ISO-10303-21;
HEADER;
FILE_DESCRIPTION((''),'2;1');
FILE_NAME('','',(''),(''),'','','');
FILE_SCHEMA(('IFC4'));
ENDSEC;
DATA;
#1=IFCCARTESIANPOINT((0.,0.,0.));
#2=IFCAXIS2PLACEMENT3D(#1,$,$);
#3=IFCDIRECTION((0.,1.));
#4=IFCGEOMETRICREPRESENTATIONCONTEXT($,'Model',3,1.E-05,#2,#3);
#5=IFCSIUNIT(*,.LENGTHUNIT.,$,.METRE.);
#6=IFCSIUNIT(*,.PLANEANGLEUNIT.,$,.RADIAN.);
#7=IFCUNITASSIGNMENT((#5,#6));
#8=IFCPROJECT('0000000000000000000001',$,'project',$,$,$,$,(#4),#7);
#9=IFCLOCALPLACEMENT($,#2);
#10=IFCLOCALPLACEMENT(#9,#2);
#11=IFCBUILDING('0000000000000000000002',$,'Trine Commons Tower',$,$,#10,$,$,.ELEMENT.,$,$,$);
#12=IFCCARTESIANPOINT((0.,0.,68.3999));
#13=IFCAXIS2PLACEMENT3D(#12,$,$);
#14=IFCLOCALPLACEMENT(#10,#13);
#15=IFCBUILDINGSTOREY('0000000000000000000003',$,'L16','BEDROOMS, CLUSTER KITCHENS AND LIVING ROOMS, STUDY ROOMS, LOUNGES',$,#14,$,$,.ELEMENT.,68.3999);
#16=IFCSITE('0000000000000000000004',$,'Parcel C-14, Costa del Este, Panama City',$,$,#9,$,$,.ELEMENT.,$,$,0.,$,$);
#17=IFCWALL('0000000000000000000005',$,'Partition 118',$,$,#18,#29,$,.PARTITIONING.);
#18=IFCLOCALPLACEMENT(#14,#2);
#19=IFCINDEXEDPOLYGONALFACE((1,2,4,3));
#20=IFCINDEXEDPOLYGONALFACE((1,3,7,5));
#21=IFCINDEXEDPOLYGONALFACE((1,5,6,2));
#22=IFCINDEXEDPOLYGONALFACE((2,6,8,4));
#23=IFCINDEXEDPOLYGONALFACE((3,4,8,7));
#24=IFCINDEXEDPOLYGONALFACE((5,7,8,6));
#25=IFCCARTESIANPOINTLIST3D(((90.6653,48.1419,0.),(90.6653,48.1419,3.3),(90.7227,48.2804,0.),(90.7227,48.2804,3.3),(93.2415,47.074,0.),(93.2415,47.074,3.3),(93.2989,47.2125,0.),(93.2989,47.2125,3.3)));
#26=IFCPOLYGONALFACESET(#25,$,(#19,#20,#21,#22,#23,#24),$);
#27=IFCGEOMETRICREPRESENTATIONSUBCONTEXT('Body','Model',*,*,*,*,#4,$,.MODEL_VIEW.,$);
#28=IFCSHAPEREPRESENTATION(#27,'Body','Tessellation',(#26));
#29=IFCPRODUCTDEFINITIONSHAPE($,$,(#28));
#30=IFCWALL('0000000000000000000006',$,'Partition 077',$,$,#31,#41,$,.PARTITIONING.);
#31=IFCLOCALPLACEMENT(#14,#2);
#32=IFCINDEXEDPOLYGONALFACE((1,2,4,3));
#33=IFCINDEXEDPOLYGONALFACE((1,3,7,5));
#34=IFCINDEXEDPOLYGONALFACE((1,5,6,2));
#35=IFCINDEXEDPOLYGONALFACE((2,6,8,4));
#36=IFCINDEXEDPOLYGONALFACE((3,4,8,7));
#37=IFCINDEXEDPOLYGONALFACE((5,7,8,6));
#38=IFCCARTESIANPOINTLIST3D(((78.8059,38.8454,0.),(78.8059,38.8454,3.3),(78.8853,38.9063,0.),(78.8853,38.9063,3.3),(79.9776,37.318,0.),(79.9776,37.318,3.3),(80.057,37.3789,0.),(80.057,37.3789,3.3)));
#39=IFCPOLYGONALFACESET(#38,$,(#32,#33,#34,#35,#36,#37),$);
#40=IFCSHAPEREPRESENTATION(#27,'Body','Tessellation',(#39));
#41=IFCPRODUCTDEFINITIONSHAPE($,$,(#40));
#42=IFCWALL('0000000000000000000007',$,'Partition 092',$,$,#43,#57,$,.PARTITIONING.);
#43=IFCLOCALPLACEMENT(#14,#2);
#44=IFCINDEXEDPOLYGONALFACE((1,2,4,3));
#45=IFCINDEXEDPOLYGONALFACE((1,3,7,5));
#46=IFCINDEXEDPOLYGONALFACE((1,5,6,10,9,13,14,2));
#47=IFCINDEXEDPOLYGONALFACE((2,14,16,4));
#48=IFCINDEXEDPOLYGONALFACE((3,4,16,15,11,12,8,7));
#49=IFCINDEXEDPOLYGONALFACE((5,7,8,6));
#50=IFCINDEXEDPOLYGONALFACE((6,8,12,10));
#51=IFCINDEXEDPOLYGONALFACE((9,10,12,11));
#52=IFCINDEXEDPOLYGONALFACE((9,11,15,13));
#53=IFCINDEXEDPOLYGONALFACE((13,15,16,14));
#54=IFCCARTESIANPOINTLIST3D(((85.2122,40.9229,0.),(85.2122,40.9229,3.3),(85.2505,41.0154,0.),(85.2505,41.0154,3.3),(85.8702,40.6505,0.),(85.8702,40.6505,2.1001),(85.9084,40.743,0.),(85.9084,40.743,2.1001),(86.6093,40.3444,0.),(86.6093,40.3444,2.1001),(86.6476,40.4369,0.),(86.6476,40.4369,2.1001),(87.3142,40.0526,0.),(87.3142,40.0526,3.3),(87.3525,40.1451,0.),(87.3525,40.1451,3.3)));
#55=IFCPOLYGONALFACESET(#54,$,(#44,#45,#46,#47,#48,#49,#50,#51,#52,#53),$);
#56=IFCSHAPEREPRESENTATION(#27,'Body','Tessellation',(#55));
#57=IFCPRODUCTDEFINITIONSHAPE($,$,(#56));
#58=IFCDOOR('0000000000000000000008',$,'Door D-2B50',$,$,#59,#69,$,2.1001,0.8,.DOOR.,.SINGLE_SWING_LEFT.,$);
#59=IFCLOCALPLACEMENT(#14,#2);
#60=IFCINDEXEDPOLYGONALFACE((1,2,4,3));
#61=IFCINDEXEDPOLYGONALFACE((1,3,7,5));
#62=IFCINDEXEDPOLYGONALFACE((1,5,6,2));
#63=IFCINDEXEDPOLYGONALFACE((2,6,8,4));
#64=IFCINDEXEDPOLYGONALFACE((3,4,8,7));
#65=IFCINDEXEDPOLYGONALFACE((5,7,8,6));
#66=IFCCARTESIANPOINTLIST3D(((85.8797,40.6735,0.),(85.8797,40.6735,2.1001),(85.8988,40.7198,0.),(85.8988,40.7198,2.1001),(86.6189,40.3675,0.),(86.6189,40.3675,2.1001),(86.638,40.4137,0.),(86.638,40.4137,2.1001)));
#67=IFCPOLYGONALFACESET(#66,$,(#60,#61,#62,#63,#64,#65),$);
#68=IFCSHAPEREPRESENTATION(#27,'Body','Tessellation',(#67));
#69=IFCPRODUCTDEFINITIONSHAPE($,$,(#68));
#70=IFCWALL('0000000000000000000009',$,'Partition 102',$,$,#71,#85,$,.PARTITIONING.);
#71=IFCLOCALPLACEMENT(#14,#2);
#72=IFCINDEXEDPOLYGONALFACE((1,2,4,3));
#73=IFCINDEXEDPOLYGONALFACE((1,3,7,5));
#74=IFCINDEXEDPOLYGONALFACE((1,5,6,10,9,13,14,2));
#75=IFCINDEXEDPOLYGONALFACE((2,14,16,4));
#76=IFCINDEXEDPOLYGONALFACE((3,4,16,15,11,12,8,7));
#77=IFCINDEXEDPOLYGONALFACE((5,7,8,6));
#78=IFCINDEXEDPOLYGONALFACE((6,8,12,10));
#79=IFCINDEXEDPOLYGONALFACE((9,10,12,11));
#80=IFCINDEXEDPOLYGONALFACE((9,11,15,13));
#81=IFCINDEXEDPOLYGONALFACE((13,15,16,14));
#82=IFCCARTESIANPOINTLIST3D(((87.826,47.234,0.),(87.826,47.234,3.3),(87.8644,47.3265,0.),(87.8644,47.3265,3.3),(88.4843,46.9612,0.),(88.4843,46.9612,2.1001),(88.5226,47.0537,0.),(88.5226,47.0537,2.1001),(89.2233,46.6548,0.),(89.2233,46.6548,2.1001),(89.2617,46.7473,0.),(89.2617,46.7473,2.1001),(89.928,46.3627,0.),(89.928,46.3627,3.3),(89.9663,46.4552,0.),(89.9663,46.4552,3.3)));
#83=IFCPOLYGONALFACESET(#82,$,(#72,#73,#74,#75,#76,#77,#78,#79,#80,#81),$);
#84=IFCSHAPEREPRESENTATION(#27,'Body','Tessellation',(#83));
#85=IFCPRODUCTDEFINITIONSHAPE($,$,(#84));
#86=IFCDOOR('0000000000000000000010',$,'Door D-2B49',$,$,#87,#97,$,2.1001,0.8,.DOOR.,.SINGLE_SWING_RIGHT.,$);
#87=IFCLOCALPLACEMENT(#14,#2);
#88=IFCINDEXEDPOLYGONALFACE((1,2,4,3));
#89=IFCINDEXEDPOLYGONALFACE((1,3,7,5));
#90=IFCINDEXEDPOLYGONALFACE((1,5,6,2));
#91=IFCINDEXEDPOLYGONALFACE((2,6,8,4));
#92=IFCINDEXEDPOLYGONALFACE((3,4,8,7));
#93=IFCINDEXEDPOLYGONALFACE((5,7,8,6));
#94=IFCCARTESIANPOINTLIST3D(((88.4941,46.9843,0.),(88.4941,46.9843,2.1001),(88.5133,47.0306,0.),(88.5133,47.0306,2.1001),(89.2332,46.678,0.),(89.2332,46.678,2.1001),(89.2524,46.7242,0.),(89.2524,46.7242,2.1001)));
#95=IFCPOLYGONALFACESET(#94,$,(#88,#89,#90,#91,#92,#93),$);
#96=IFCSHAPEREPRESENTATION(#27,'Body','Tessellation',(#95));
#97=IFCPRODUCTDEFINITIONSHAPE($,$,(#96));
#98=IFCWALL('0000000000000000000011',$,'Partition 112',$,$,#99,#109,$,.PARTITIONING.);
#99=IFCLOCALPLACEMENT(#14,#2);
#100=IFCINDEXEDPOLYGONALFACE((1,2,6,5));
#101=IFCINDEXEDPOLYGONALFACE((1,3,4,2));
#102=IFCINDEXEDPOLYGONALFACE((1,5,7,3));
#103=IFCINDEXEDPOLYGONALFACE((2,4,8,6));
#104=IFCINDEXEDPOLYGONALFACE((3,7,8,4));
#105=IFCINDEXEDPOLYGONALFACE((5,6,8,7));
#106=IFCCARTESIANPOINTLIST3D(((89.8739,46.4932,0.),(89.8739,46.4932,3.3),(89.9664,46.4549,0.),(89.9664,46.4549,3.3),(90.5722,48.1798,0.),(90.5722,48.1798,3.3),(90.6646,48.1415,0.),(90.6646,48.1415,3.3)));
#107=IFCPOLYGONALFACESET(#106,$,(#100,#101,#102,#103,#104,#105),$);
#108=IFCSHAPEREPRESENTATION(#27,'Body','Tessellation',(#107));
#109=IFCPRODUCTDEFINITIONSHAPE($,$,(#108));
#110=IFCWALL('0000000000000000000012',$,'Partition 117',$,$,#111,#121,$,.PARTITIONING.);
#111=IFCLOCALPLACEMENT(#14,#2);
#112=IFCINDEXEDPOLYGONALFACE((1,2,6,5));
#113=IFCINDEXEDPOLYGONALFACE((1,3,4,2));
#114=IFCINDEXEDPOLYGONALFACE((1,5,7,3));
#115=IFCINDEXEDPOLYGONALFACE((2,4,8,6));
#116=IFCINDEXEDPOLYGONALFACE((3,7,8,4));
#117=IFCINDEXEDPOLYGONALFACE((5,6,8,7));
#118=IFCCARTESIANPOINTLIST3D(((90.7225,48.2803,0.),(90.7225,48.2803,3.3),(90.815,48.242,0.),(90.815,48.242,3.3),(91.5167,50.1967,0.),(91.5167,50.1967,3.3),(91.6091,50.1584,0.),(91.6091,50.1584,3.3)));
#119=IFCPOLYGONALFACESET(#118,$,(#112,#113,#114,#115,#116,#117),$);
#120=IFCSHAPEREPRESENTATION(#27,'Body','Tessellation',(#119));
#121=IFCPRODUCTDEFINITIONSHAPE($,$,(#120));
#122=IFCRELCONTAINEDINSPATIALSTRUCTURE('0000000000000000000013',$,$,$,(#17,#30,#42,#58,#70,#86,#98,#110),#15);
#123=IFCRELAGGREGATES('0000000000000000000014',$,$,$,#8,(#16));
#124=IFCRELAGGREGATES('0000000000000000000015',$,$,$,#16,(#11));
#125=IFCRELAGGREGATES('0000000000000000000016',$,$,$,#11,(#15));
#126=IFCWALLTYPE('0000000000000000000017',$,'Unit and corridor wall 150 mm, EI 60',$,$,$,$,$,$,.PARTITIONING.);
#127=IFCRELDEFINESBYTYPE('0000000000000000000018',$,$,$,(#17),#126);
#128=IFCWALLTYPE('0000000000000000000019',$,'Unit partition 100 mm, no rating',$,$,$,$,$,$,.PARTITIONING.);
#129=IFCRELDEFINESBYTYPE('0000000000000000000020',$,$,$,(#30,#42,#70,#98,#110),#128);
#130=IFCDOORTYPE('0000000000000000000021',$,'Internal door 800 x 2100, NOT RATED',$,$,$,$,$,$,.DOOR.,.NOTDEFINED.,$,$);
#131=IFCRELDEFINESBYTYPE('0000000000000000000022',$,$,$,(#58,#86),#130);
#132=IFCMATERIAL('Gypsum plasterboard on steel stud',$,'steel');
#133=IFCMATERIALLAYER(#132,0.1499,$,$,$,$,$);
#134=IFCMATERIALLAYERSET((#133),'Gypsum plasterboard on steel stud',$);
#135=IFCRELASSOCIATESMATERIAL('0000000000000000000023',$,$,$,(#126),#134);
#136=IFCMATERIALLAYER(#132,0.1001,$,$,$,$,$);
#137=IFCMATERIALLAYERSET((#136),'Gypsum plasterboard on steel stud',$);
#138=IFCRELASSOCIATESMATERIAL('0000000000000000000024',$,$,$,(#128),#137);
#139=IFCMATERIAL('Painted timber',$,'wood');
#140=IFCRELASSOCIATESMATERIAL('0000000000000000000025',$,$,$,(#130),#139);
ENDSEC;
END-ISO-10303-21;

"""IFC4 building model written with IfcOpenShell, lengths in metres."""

from ifc_helpers import new_model, si_unit, direction, frame, frame_2d, origin, place, context, subcontext, project, spatial, rectangle, extrude, material, layer, layer_set, type_object, element, fill, save


model = new_model("IFC4")

# Units and contexts
model_context = context("Model", 3, precision=1e-05, world=origin(), true_north=direction((0.0, 1.0)))
body_context = subcontext(model_context, "Body", "Model", "MODEL_VIEW")
ifc_project = project(units=[si_unit("LENGTHUNIT", "METRE"), si_unit("PLANEANGLEUNIT", "RADIAN")], contexts=[model_context])

# Site, building, storey
site_placement = place(None, origin())
site = spatial("IfcSite", under=ifc_project, at=site_placement, Name="Parcel C-14, Costa del Este, Panama City", CompositionType="ELEMENT", RefElevation=0.0)
building_placement = place(site_placement, origin())
building = spatial("IfcBuilding", under=site, at=building_placement, Name="Trine Commons Tower", CompositionType="ELEMENT")
storey_placement = place(building_placement, frame((0.0, 0.0, 68.3999)))
storey = spatial("IfcBuildingStorey", under=building, at=storey_placement, Name="L16", Description="BEDROOMS, CLUSTER KITCHENS AND LIVING ROOMS, STUDY ROOMS, LOUNGES", CompositionType="ELEMENT", Elevation=68.3999)

# Shared definitions
ifc_material_1 = material(Name="Gypsum plasterboard on steel stud", Category="steel")
ifc_layer_1 = layer(ifc_material_1, 0.1499)
ifc_layer_set_1 = layer_set([ifc_layer_1], Name="Gypsum plasterboard on steel stud")
wall_type_1 = type_object("IfcWallType", Name="Unit and corridor wall 150 mm, EI 60", PredefinedType="PARTITIONING", material=ifc_layer_set_1)

# Shared definitions
ifc_material_2 = material(Name="Painted timber", Category="wood")

# Walls
wall_1_placement = place(storey_placement, frame((90.6938, 48.2112, 0.0), z_axis=(0.0, 0.0, 1.0), x_axis=(0.92378, -0.382924, 0.0)))
element("IfcWall", 1, at=wall_1_placement, inside=storey, type_object=wall_type_1, Name="Partition 118", PredefinedType="PARTITIONING", context=body_context, shape_type="SweptSolid", body=[
    extrude(rectangle(XDim=2.7888, YDim=0.1499, at=frame_2d((1.3945, 0.0))), origin(), (0.0, 0.0, 1.0), 3.3),
])
ifc_layer_2 = layer(ifc_material_1, 0.1001)
ifc_layer_set_2 = layer_set([ifc_layer_2], Name="Gypsum plasterboard on steel stud")
wall_type_2 = type_object("IfcWallType", Name="Unit partition 100 mm, no rating", PredefinedType="PARTITIONING", material=ifc_layer_set_2)
wall_2_placement = place(storey_placement, frame((78.8457, 38.8757, 0.0), z_axis=(0.0, 0.0, 1.0), x_axis=(0.60865, -0.793439, 0.0)))
element("IfcWall", 2, at=wall_2_placement, inside=storey, type_object=wall_type_2, Name="Partition 077", PredefinedType="PARTITIONING", context=body_context, shape_type="SweptSolid", body=[
    extrude(rectangle(XDim=1.925, YDim=0.1001, at=frame_2d((0.9624, 0.0))), origin(), (0.0, 0.0, 1.0), 3.3),
])

# Walls, openings, doors
wall_3_placement = place(storey_placement, frame((85.2312, 40.9692, 0.0), z_axis=(0.0, 0.0, 1.0), x_axis=(0.923932, -0.382557, 0.0)))
wall_3 = element("IfcWall", 3, at=wall_3_placement, inside=storey, type_object=wall_type_2, Name="Partition 092", PredefinedType="PARTITIONING", context=body_context, shape_type="SweptSolid", body=[
    extrude(rectangle(XDim=2.2751, YDim=0.1001, at=frame_2d((1.1377, 0.0))), origin(), (0.0, 0.0, 1.0), 3.3),
])
opening_1_placement = place(wall_3_placement, frame((0.7124, 0.0, 0.0)))
opening_1 = element("IfcOpeningElement", 4, at=opening_1_placement, cuts=wall_3, PredefinedType="OPENING", context=body_context, shape_type="SweptSolid", body=[
    extrude(rectangle(XDim=0.8, YDim=2.1001, at=frame_2d((0.3999, 1.05))), frame((0.0, 0.0601, 0.0), z_axis=(0.0, -1.0, 0.0), x_axis=(1.0, 0.0, 0.0)), (0.0, 0.0, 1.0), 0.1201),
])
door_type_1 = type_object("IfcDoorType", Name="Internal door 800 x 2100, NOT RATED", OperationType="NOTDEFINED", PredefinedType="DOOR", material=ifc_material_2)
door_1_placement = place(opening_1_placement, origin())
door_1 = element("IfcDoor", 5, at=door_1_placement, inside=storey, type_object=door_type_1, Name="Door D-2B50", OperationType="SINGLE_SWING_LEFT", OverallHeight=2.1001, OverallWidth=0.8, PredefinedType="DOOR", context=body_context, shape_type="SweptSolid", body=[
    extrude(rectangle(XDim=0.8, YDim=2.1001, at=frame_2d((0.3999, 1.05))), frame((0.0, 0.0249, 0.0), z_axis=(0.0, -1.0, 0.0), x_axis=(1.0, 0.0, 0.0)), (0.0, 0.0, 1.0), 0.05),
])
fill(opening_1, door_1)
wall_4_placement = place(storey_placement, frame((87.8452, 47.2803, 0.0), z_axis=(0.0, 0.0, 1.0), x_axis=(0.92378, -0.382923, 0.0)))
wall_4 = element("IfcWall", 6, at=wall_4_placement, inside=storey, type_object=wall_type_2, Name="Partition 102", PredefinedType="PARTITIONING", context=body_context, shape_type="SweptSolid", body=[
    extrude(rectangle(XDim=2.2754, YDim=0.1001, at=frame_2d((1.1377, 0.0))), origin(), (0.0, 0.0, 1.0), 3.3),
])
opening_2_placement = place(wall_4_placement, frame((0.7126, 0.0, 0.0)))
opening_2 = element("IfcOpeningElement", 7, at=opening_2_placement, cuts=wall_4, PredefinedType="OPENING", context=body_context, shape_type="SweptSolid", body=[
    extrude(rectangle(XDim=0.8, YDim=2.1001, at=frame_2d((0.3999, 1.05))), frame((0.0, 0.0601, 0.0), z_axis=(0.0, -1.0, 0.0), x_axis=(1.0, 0.0, 0.0)), (0.0, 0.0, 1.0), 0.1201),
])
door_2_placement = place(opening_2_placement, frame((0.8, 0.0, 0.0), z_axis=(0.0, 0.0, 1.0), x_axis=(-1.0, 0.0, 0.0)))
door_2 = element("IfcDoor", 8, at=door_2_placement, inside=storey, type_object=door_type_1, Name="Door D-2B49", OperationType="SINGLE_SWING_RIGHT", OverallHeight=2.1001, OverallWidth=0.8, PredefinedType="DOOR", context=body_context, shape_type="SweptSolid", body=[
    extrude(rectangle(XDim=0.8, YDim=2.1001, at=frame_2d((0.3999, 1.05))), frame((0.0, 0.0249, 0.0), z_axis=(0.0, -1.0, 0.0), x_axis=(1.0, 0.0, 0.0)), (0.0, 0.0, 1.0), 0.05),
])
fill(opening_2, door_2)

# Walls
wall_5_placement = place(storey_placement, frame((89.9202, 46.4741, 0.0), z_axis=(0.0, 0.0, 1.0), x_axis=(0.382525, 0.923945, 0.0)))
element("IfcWall", 9, at=wall_5_placement, inside=storey, type_object=wall_type_2, Name="Partition 112", PredefinedType="PARTITIONING", context=body_context, shape_type="SweptSolid", body=[
    extrude(rectangle(XDim=1.8254, YDim=0.1001, at=frame_2d((0.9126, 0.0))), origin(), (0.0, 0.0, 1.0), 3.3),
])
wall_6_placement = place(storey_placement, frame((90.7688, 48.2612, 0.0), z_axis=(0.0, 0.0, 1.0), x_axis=(0.382826, 0.92382, 0.0)))
element("IfcWall", 10, at=wall_6_placement, inside=storey, type_object=wall_type_2, Name="Partition 117", PredefinedType="PARTITIONING", context=body_context, shape_type="SweptSolid", body=[
    extrude(rectangle(XDim=2.0745, YDim=0.1001, at=frame_2d((1.0371, 0.0))), origin(), (0.0, 0.0, 1.0), 3.3),
])

save(model, "model.ifc")
